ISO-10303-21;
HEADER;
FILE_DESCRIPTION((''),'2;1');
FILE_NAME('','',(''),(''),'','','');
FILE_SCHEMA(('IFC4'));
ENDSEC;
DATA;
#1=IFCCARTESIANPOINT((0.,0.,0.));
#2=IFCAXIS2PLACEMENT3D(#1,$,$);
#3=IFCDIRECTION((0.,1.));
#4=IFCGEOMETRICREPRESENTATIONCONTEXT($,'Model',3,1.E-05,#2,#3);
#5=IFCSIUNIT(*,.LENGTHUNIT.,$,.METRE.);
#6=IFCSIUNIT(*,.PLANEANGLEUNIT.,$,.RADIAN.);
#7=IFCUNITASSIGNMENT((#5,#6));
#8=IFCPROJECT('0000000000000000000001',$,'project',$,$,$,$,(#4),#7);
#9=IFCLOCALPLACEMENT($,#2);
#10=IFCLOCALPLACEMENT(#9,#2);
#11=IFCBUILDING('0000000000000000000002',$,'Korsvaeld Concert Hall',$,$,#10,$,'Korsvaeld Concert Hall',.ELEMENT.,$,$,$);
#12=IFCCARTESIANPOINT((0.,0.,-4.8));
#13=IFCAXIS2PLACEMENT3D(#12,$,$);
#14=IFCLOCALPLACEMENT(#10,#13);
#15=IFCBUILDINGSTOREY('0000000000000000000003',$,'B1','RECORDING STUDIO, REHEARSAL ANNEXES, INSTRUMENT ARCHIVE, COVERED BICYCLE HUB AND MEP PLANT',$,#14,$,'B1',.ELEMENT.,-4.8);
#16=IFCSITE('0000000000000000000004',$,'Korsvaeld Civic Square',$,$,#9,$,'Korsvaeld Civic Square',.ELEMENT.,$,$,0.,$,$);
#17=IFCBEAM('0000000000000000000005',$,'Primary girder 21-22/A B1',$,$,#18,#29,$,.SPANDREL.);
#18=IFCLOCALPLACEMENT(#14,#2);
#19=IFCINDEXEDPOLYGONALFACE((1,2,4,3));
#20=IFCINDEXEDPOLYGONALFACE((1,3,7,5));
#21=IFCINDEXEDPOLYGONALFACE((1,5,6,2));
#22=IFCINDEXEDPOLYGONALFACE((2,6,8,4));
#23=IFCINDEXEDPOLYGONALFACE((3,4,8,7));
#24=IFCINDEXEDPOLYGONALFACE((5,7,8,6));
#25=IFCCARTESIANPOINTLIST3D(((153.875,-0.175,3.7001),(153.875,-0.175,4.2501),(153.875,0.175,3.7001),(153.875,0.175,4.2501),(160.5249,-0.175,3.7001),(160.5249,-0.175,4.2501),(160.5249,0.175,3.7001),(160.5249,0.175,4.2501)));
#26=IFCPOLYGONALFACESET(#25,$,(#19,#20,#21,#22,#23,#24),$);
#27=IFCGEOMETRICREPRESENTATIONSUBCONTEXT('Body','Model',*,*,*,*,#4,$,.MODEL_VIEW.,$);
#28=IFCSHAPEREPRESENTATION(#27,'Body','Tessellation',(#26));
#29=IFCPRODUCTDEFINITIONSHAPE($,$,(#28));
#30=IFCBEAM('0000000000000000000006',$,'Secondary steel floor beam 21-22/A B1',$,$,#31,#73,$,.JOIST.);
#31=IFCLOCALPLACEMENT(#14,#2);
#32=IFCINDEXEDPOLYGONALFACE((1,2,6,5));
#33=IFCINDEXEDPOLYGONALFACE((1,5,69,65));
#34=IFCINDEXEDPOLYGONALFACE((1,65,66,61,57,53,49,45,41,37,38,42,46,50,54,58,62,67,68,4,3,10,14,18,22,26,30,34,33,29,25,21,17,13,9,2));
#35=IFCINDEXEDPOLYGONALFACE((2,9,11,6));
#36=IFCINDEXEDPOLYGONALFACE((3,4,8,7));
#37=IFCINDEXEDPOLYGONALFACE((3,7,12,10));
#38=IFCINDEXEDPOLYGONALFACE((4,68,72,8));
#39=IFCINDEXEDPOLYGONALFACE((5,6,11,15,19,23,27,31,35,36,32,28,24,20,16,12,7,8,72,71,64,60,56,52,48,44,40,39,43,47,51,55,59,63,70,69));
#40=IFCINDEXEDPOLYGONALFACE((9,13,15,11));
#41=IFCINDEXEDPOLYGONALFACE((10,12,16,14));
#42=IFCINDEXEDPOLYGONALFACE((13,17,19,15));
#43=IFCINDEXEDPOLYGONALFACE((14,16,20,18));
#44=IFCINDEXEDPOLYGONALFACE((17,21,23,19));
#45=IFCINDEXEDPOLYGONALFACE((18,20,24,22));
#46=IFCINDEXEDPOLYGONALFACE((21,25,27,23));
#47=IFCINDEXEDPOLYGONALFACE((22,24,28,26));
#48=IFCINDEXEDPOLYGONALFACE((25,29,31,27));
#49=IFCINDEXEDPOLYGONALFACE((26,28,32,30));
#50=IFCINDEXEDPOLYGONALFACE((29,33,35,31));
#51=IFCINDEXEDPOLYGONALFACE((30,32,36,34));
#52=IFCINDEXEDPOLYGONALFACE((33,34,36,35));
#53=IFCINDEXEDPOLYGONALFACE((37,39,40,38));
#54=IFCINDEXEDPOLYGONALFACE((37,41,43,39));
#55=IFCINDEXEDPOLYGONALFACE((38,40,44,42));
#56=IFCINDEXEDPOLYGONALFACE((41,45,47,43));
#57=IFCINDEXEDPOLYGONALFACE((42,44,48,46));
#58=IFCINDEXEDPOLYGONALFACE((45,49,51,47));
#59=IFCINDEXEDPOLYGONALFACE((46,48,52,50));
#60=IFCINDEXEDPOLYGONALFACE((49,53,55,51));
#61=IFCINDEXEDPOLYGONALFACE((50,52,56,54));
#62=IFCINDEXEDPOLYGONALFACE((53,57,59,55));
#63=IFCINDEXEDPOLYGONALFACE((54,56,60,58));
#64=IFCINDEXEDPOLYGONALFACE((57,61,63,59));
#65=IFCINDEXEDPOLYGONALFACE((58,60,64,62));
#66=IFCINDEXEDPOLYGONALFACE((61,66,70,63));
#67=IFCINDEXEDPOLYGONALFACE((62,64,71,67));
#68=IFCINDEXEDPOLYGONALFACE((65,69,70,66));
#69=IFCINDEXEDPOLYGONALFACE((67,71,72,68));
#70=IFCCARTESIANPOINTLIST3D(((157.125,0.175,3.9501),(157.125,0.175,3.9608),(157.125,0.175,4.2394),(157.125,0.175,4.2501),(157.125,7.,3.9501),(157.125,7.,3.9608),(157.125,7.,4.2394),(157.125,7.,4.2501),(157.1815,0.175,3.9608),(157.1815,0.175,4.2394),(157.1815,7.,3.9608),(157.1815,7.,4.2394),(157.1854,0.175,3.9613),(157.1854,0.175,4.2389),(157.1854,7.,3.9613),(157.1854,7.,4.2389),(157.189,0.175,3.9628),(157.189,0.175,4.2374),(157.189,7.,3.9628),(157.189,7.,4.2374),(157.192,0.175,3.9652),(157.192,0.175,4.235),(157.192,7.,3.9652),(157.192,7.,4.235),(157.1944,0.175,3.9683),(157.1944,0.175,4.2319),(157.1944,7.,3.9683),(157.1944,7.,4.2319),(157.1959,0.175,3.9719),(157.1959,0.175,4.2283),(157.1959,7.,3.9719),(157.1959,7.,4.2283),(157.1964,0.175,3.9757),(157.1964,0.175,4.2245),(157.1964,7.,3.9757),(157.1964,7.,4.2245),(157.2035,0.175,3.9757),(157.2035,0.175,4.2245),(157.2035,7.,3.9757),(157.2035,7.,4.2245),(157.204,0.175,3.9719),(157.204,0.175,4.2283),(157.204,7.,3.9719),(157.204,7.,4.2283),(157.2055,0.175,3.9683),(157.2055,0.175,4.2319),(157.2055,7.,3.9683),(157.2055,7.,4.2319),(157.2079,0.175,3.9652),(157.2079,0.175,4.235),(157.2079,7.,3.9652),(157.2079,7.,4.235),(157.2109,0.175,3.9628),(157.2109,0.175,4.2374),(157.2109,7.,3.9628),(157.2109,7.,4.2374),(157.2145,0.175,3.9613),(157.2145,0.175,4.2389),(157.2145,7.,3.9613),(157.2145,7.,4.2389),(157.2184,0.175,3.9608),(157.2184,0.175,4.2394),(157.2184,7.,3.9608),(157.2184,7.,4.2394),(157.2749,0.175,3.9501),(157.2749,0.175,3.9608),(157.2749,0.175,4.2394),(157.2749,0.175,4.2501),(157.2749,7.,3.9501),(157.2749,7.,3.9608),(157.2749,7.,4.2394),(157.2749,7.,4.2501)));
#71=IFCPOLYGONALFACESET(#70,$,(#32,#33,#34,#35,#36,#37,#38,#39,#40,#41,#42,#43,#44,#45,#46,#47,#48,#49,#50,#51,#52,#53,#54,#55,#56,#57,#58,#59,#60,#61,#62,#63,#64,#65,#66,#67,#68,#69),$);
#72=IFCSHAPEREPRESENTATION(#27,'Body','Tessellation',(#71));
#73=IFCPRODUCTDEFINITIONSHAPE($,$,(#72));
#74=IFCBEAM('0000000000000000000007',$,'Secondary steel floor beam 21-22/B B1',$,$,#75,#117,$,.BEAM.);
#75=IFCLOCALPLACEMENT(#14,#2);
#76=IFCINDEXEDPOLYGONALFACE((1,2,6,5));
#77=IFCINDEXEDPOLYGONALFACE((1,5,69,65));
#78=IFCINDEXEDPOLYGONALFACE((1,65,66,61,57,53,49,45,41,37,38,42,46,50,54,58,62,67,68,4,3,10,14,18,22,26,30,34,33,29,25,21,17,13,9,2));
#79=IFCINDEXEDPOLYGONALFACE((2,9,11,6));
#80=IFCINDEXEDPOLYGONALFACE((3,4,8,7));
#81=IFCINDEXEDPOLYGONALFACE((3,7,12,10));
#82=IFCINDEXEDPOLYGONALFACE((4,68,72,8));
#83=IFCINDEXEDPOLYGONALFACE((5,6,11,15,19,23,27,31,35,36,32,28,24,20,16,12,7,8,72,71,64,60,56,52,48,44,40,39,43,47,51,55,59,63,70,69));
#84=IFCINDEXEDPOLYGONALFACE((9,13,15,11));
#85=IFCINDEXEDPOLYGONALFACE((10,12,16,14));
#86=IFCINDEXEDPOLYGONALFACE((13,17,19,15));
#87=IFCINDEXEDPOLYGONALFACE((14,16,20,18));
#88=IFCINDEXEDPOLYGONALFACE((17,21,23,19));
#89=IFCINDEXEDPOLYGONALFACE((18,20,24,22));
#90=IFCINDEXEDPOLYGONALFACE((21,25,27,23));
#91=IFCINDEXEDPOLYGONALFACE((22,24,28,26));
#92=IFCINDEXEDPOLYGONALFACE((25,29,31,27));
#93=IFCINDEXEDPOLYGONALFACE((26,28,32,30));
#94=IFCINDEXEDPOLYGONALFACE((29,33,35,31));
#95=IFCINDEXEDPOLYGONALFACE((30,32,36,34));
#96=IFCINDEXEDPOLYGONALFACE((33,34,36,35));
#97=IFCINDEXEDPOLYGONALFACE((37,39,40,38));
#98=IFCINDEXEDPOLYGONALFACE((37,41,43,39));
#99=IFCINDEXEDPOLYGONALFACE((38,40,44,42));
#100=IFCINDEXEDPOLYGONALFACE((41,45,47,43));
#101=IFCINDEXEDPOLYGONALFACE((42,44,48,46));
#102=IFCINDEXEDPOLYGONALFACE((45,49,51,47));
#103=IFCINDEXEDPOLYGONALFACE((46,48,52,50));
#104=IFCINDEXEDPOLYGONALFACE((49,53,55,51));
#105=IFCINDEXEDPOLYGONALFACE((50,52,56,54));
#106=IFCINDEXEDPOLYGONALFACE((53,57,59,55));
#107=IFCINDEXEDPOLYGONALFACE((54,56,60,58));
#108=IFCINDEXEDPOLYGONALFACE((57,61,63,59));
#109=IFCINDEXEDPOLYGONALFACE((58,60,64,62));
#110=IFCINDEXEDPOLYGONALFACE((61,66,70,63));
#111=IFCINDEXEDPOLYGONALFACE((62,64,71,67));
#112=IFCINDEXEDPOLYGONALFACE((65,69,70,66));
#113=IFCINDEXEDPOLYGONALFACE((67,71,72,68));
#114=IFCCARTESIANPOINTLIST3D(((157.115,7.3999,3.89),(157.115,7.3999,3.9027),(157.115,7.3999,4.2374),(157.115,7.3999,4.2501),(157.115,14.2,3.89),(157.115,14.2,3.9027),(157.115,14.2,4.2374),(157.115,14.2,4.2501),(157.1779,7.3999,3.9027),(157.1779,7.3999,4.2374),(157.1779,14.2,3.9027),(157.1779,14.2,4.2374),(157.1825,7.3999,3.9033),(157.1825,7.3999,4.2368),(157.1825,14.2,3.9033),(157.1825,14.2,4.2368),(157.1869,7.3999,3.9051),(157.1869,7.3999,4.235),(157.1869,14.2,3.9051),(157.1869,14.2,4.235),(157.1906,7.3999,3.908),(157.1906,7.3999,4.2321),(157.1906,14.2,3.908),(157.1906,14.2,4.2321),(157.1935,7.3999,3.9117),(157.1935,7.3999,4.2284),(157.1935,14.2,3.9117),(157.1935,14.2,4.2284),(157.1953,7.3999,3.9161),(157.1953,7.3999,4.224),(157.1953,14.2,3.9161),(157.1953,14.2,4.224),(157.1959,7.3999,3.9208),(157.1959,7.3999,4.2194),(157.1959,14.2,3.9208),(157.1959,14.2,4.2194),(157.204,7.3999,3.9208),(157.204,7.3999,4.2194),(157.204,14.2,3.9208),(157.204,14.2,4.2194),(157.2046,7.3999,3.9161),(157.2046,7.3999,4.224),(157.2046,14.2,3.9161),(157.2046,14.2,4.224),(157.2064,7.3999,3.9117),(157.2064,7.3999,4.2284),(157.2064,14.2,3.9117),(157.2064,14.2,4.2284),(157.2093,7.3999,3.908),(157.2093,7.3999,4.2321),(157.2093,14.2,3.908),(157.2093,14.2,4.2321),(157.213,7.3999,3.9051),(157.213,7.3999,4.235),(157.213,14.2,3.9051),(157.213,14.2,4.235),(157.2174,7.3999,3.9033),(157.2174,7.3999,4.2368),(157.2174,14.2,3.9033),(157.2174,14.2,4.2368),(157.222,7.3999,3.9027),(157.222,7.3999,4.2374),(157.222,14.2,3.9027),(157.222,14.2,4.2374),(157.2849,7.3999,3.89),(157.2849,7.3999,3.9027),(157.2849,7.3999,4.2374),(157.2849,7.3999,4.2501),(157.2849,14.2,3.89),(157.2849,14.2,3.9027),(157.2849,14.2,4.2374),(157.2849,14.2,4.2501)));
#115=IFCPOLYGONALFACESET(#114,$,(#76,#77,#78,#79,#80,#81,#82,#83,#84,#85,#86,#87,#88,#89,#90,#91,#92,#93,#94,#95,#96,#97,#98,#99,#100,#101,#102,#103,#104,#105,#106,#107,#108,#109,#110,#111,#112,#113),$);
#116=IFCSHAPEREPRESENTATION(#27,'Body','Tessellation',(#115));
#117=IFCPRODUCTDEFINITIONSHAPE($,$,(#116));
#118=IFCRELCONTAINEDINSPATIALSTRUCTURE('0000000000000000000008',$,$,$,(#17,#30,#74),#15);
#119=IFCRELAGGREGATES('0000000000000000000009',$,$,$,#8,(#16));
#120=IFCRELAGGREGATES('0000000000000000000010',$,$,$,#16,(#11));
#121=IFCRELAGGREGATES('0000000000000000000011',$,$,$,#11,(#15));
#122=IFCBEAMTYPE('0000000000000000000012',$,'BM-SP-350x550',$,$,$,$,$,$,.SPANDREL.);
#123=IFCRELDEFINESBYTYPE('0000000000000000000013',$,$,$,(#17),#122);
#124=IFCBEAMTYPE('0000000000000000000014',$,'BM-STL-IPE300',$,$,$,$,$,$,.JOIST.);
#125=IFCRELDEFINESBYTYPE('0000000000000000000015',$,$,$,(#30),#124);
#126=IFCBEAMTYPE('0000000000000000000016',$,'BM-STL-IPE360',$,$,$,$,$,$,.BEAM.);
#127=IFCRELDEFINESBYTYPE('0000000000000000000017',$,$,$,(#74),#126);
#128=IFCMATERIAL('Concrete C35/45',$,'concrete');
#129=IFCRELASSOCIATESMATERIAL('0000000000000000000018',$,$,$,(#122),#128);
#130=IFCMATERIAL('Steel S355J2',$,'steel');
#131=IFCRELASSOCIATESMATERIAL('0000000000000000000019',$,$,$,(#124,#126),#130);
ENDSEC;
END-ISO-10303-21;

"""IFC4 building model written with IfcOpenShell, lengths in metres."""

from ifc_helpers import new_model, si_unit, direction, frame, origin, origin_2d, place, context, subcontext, project, spatial, rectangle, i_section, extrude, material, material_profile, profile_set, type_object, element, save


model = new_model("IFC4")

# Units and contexts
model_context = context("Model", 3, precision=1e-05, world=origin(), true_north=direction((0.0, 1.0)))
body_context = subcontext(model_context, "Body", "Model", "MODEL_VIEW")
ifc_project = project(units=[si_unit("LENGTHUNIT", "METRE"), si_unit("PLANEANGLEUNIT", "RADIAN")], contexts=[model_context])

# Site, building, storey
site_placement = place(None, origin())
site = spatial("IfcSite", under=ifc_project, at=site_placement, Name="Korsvaeld Civic Square", LongName="Korsvaeld Civic Square", CompositionType="ELEMENT", RefElevation=0.0)
building_placement = place(site_placement, origin())
building = spatial("IfcBuilding", under=site, at=building_placement, Name="Korsvaeld Concert Hall", LongName="Korsvaeld Concert Hall", CompositionType="ELEMENT")
storey_placement = place(building_placement, frame((0.0, 0.0, -4.8)))
storey = spatial("IfcBuildingStorey", under=building, at=storey_placement, Name="B1", Description="RECORDING STUDIO, REHEARSAL ANNEXES, INSTRUMENT ARCHIVE, COVERED BICYCLE HUB AND MEP PLANT", LongName="B1", CompositionType="ELEMENT", Elevation=-4.8)

# Shared definitions
ifc_material_1 = material(Name="Concrete C35/45", Category="concrete")

# Beams
ifc_material_profile_1 = material_profile(ifc_material_1, rectangle(XDim=0.3501, YDim=0.55, at=origin_2d()), Name="RC 350x550")
ifc_profile_set_1 = profile_set([ifc_material_profile_1], Name="Concrete C35/45")
beam_type_1 = type_object("IfcBeamType", Name="BM-SP-350x550", PredefinedType="SPANDREL", material=ifc_profile_set_1)
beam_1_placement = place(storey_placement, frame((153.875, 0.0, 3.9751), z_axis=(1.0, 0.0, 0.0), x_axis=(0.0, 1.0, 0.0)))
element("IfcBeam", 1, at=beam_1_placement, inside=storey, type_object=beam_type_1, Name="Primary girder 21-22/A B1", PredefinedType="SPANDREL", context=body_context, shape_type="SweptSolid", body=[
    extrude(rectangle(XDim=0.3501, YDim=0.55, at=origin_2d()), origin(), (0.0, 0.0, 1.0), 6.6499),
])
ifc_material_2 = material(Name="Steel S355J2", Category="steel")
ifc_material_profile_2 = material_profile(ifc_material_2, i_section(OverallWidth=0.1499, OverallDepth=0.3, WebThickness=0.0071, FlangeThickness=0.0107, FilletRadius=0.0149, at=origin_2d()), Name="IPE 300")
ifc_profile_set_2 = profile_set([ifc_material_profile_2], Name="Steel S355J2")
beam_type_2 = type_object("IfcBeamType", Name="BM-STL-IPE300", PredefinedType="JOIST", material=ifc_profile_set_2)
beam_2_placement = place(storey_placement, frame((157.2, 0.175, 4.1001), z_axis=(0.0, 1.0, 0.0), x_axis=(-1.0, 0.0, 0.0)))
element("IfcBeam", 2, at=beam_2_placement, inside=storey, type_object=beam_type_2, Name="Secondary steel floor beam 21-22/A B1", PredefinedType="JOIST", context=body_context, shape_type="SweptSolid", body=[
    extrude(i_section(OverallWidth=0.1499, OverallDepth=0.3, WebThickness=0.0071, FlangeThickness=0.0107, FilletRadius=0.0149, at=origin_2d()), origin(), (0.0, 0.0, 1.0), 6.825),
])
ifc_material_profile_3 = material_profile(ifc_material_2, i_section(OverallWidth=0.1699, OverallDepth=0.3601, WebThickness=0.0081, FlangeThickness=0.0127, FilletRadius=0.0181, at=origin_2d()), Name="IPE 360")
ifc_profile_set_3 = profile_set([ifc_material_profile_3], Name="Steel S355J2")
beam_type_3 = type_object("IfcBeamType", Name="BM-STL-IPE360", PredefinedType="BEAM", material=ifc_profile_set_3)
beam_3_placement = place(storey_placement, frame((157.2, 7.3999, 4.0701), z_axis=(0.0, 1.0, 0.0), x_axis=(-1.0, 0.0, 0.0)))
element("IfcBeam", 3, at=beam_3_placement, inside=storey, type_object=beam_type_3, Name="Secondary steel floor beam 21-22/B B1", PredefinedType="BEAM", context=body_context, shape_type="SweptSolid", body=[
    extrude(i_section(OverallWidth=0.1699, OverallDepth=0.3601, WebThickness=0.0081, FlangeThickness=0.0127, FilletRadius=0.0181, at=origin_2d()), origin(), (0.0, 0.0, 1.0), 6.8),
])

save(model, "model.ifc")
